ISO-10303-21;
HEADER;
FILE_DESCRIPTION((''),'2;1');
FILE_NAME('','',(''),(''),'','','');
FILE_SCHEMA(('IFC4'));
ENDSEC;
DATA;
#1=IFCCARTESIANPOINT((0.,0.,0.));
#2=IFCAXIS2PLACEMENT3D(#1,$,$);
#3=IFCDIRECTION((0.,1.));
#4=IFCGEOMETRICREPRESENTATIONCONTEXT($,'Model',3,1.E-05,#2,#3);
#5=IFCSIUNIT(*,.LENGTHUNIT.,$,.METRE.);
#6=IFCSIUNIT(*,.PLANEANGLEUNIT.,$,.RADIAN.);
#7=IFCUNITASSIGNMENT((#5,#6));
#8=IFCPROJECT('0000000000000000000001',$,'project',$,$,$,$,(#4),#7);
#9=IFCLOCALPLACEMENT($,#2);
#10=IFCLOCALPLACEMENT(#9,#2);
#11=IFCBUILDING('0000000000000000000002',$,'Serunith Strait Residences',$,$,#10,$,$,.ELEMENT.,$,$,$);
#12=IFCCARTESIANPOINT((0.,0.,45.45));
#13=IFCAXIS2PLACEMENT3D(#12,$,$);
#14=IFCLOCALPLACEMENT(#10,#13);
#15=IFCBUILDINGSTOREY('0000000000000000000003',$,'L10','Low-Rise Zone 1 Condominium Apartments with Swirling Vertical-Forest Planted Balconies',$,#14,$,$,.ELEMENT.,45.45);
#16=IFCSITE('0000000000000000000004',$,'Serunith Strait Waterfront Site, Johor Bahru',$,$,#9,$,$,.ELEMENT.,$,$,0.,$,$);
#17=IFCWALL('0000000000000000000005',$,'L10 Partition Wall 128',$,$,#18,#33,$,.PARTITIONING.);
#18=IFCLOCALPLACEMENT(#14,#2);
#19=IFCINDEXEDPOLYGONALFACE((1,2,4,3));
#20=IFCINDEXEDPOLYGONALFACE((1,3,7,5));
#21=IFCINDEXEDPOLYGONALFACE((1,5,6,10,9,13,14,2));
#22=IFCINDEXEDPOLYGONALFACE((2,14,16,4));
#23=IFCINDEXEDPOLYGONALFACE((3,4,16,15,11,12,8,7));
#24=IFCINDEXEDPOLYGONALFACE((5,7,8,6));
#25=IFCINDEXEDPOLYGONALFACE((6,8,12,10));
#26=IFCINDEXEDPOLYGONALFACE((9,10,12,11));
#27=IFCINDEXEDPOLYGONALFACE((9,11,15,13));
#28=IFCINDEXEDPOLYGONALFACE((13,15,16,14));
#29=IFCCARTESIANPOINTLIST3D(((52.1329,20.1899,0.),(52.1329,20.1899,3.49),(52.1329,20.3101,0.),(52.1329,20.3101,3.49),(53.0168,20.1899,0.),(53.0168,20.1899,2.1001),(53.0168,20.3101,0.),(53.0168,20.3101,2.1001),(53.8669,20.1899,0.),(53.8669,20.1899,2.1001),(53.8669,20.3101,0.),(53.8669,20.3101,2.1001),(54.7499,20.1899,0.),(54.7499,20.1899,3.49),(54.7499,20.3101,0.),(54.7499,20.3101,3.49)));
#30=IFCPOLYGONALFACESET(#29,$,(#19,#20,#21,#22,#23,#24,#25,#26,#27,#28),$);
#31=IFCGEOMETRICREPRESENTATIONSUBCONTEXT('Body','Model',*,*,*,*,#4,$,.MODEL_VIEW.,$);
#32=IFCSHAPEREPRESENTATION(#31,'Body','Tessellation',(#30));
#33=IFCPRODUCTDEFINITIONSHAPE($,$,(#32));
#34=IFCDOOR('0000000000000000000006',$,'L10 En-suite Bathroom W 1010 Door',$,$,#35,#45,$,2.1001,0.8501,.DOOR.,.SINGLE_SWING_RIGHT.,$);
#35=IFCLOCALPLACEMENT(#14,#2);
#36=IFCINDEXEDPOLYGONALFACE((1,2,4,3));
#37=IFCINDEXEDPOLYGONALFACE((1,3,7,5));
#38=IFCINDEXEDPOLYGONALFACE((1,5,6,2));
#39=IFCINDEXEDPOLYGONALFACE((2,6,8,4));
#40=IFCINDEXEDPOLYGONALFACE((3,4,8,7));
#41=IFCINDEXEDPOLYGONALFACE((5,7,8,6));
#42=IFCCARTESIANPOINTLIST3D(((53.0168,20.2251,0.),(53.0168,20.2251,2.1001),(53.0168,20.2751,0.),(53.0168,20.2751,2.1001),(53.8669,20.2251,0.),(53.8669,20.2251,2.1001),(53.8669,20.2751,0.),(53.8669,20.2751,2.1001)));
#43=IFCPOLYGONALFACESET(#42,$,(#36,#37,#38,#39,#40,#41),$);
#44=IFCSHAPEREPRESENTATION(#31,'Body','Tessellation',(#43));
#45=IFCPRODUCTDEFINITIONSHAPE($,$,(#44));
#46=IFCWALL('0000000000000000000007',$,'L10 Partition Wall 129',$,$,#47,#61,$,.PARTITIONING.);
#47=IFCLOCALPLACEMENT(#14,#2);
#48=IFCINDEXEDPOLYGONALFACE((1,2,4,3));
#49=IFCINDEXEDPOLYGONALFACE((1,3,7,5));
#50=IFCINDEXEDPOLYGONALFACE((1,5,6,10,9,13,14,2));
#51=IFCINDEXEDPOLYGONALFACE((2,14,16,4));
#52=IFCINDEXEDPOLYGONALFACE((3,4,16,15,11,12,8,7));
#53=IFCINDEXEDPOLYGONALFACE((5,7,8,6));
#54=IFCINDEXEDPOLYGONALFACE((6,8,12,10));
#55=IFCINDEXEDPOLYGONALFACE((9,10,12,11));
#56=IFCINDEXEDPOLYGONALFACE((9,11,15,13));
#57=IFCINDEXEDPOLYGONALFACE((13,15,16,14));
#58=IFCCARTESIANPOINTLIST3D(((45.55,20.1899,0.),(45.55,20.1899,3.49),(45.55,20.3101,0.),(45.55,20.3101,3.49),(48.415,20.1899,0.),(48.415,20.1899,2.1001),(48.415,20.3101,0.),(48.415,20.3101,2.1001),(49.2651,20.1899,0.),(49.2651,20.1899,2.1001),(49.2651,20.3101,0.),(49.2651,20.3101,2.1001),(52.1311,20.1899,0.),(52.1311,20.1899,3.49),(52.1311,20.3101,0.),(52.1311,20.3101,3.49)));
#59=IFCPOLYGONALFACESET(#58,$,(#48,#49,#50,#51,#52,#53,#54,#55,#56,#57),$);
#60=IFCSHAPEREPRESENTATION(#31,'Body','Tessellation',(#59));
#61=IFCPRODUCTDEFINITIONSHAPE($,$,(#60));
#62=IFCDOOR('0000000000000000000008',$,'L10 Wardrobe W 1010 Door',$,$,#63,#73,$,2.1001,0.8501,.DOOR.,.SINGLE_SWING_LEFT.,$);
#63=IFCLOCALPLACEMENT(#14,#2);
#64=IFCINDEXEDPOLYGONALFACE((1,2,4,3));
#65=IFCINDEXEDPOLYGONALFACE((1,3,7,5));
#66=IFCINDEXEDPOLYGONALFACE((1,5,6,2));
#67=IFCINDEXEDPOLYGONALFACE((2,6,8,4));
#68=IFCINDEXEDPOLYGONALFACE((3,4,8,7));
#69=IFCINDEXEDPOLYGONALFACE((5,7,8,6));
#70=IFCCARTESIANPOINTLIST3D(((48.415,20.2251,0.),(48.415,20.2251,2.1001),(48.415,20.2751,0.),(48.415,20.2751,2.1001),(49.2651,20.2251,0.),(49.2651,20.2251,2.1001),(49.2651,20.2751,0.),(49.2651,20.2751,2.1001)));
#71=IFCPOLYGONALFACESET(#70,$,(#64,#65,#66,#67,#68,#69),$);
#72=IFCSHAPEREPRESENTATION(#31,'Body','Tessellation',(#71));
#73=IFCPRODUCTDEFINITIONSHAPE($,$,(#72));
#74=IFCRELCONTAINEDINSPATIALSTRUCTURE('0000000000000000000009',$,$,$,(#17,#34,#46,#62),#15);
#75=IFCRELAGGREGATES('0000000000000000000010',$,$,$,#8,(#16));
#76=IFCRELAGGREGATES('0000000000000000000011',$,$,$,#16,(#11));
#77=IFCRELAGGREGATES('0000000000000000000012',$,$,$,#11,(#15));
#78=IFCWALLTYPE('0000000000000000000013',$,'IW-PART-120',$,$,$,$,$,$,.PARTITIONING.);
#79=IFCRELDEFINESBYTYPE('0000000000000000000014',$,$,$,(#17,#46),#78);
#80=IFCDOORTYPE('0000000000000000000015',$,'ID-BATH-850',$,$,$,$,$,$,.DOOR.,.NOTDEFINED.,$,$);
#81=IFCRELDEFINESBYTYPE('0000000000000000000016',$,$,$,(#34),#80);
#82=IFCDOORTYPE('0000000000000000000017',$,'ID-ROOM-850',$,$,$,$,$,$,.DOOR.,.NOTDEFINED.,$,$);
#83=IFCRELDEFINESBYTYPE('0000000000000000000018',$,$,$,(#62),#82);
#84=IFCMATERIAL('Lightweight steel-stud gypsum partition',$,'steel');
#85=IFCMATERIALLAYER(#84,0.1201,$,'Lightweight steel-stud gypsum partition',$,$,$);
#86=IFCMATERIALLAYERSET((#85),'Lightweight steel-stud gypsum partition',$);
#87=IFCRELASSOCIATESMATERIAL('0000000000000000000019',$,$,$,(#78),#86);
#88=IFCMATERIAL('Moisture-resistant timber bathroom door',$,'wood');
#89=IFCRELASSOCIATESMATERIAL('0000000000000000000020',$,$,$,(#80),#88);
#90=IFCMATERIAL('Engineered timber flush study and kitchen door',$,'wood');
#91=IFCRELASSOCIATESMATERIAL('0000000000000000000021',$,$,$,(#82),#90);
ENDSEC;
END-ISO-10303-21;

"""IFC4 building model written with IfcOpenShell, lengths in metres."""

from ifc_helpers import new_model, si_unit, direction, frame, frame_2d, origin, place, context, subcontext, project, spatial, rectangle, extrude, source, transform, mapped, material, layer, layer_set, type_object, element, fill, save


model = new_model("IFC4")

# Units and contexts
model_context = context("Model", 3, precision=1e-05, world=origin(), true_north=direction((0.0, 1.0)))
body_context = subcontext(model_context, "Body", "Model", "MODEL_VIEW")
ifc_project = project(units=[si_unit("LENGTHUNIT", "METRE"), si_unit("PLANEANGLEUNIT", "RADIAN")], contexts=[model_context])

# Site, building, storey
site_placement = place(None, origin())
site = spatial("IfcSite", under=ifc_project, at=site_placement, Name="Serunith Strait Waterfront Site, Johor Bahru", CompositionType="ELEMENT", RefElevation=0.0)
building_placement = place(site_placement, origin())
building = spatial("IfcBuilding", under=site, at=building_placement, Name="Serunith Strait Residences", CompositionType="ELEMENT")
storey_placement = place(building_placement, frame((0.0, 0.0, 45.45)))
storey = spatial("IfcBuildingStorey", under=building, at=storey_placement, Name="L10", Description="Low-Rise Zone 1 Condominium Apartments with Swirling Vertical-Forest Planted Balconies", CompositionType="ELEMENT", Elevation=45.45)

# Shared definitions
ifc_material_1 = material(Name="Lightweight steel-stud gypsum partition", Category="steel")
ifc_layer_1 = layer(ifc_material_1, 0.1201, Name="Lightweight steel-stud gypsum partition")
ifc_layer_set_1 = layer_set([ifc_layer_1], Name="Lightweight steel-stud gypsum partition")
wall_type = type_object("IfcWallType", Name="IW-PART-120", PredefinedType="PARTITIONING", material=ifc_layer_set_1)

# Walls, openings, doors
wall_1_placement = place(storey_placement, frame((54.75, 20.25, 0.0), z_axis=(0.0, 0.0, 1.0), x_axis=(-1.0, 0.0, 0.0)))
wall_1 = element("IfcWall", 1, at=wall_1_placement, inside=storey, type_object=wall_type, Name="L10 Partition Wall 128", PredefinedType="PARTITIONING", context=body_context, shape_type="SweptSolid", body=[
    extrude(rectangle(XDim=2.6169, YDim=0.1201, at=frame_2d((1.3086, 0.0))), origin(), (0.0, 0.0, 1.0), 3.49),
])
opening_1_placement = place(wall_1_placement, frame((0.8831, 0.0, 0.0)))
opening_1 = element("IfcOpeningElement", 2, at=opening_1_placement, cuts=wall_1, PredefinedType="OPENING", context=body_context, shape_type="SweptSolid", body=[
    extrude(rectangle(XDim=0.8501, YDim=2.1001, at=frame_2d((0.425, 1.05))), frame((0.0, 0.0701, 0.0), z_axis=(0.0, -1.0, 0.0), x_axis=(1.0, 0.0, 0.0)), (0.0, 0.0, 1.0), 0.1401),
])
ifc_material_2 = material(Name="Moisture-resistant timber bathroom door", Category="wood")
door_type_1 = type_object("IfcDoorType", Name="ID-BATH-850", OperationType="NOTDEFINED", PredefinedType="DOOR", material=ifc_material_2)
shared_shape_1 = source(origin(), body_context, "Body", "SweptSolid", [
    extrude(rectangle(XDim=0.8501, YDim=2.1001, at=frame_2d((0.425, 1.05))), frame((0.0, 0.0249, 0.0), z_axis=(0.0, -1.0, 0.0), x_axis=(1.0, 0.0, 0.0)), (0.0, 0.0, 1.0), 0.05),
])
door_1_placement = place(opening_1_placement, origin())
door_1 = element("IfcDoor", 3, at=door_1_placement, inside=storey, type_object=door_type_1, Name="L10 En-suite Bathroom W 1010 Door", OperationType="SINGLE_SWING_RIGHT", OverallHeight=2.1001, OverallWidth=0.8501, PredefinedType="DOOR", context=body_context, shape_type="MappedRepresentation", body=[
    mapped(shared_shape_1, transform((0.0, 0.0, 0.0), scale=1.0)),
])
fill(opening_1, door_1)
wall_2_placement = place(storey_placement, frame((52.1311, 20.25, 0.0), z_axis=(0.0, 0.0, 1.0), x_axis=(-1.0, 0.0, 0.0)))
wall_2 = element("IfcWall", 4, at=wall_2_placement, inside=storey, type_object=wall_type, Name="L10 Partition Wall 129", PredefinedType="PARTITIONING", context=body_context, shape_type="SweptSolid", body=[
    extrude(rectangle(XDim=6.5811, YDim=0.1201, at=frame_2d((3.2905, 0.0))), origin(), (0.0, 0.0, 1.0), 3.49),
])
opening_2_placement = place(wall_2_placement, frame((2.866, 0.0, 0.0)))
opening_2 = element("IfcOpeningElement", 5, at=opening_2_placement, cuts=wall_2, PredefinedType="OPENING", context=body_context, shape_type="SweptSolid", body=[
    extrude(rectangle(XDim=0.8501, YDim=2.1001, at=frame_2d((0.425, 1.05))), frame((0.0, 0.0701, 0.0), z_axis=(0.0, -1.0, 0.0), x_axis=(1.0, 0.0, 0.0)), (0.0, 0.0, 1.0), 0.1401),
])
ifc_material_3 = material(Name="Engineered timber flush study and kitchen door", Category="wood")
door_type_2 = type_object("IfcDoorType", Name="ID-ROOM-850", OperationType="NOTDEFINED", PredefinedType="DOOR", material=ifc_material_3)
door_2_placement = place(opening_2_placement, origin())
door_2 = element("IfcDoor", 6, at=door_2_placement, inside=storey, type_object=door_type_2, Name="L10 Wardrobe W 1010 Door", OperationType="SINGLE_SWING_LEFT", OverallHeight=2.1001, OverallWidth=0.8501, PredefinedType="DOOR", context=body_context, shape_type="MappedRepresentation", body=[
    mapped(shared_shape_1, transform((0.0, 0.0, 0.0), scale=1.0)),
])
fill(opening_2, door_2)

save(model, "model.ifc")
